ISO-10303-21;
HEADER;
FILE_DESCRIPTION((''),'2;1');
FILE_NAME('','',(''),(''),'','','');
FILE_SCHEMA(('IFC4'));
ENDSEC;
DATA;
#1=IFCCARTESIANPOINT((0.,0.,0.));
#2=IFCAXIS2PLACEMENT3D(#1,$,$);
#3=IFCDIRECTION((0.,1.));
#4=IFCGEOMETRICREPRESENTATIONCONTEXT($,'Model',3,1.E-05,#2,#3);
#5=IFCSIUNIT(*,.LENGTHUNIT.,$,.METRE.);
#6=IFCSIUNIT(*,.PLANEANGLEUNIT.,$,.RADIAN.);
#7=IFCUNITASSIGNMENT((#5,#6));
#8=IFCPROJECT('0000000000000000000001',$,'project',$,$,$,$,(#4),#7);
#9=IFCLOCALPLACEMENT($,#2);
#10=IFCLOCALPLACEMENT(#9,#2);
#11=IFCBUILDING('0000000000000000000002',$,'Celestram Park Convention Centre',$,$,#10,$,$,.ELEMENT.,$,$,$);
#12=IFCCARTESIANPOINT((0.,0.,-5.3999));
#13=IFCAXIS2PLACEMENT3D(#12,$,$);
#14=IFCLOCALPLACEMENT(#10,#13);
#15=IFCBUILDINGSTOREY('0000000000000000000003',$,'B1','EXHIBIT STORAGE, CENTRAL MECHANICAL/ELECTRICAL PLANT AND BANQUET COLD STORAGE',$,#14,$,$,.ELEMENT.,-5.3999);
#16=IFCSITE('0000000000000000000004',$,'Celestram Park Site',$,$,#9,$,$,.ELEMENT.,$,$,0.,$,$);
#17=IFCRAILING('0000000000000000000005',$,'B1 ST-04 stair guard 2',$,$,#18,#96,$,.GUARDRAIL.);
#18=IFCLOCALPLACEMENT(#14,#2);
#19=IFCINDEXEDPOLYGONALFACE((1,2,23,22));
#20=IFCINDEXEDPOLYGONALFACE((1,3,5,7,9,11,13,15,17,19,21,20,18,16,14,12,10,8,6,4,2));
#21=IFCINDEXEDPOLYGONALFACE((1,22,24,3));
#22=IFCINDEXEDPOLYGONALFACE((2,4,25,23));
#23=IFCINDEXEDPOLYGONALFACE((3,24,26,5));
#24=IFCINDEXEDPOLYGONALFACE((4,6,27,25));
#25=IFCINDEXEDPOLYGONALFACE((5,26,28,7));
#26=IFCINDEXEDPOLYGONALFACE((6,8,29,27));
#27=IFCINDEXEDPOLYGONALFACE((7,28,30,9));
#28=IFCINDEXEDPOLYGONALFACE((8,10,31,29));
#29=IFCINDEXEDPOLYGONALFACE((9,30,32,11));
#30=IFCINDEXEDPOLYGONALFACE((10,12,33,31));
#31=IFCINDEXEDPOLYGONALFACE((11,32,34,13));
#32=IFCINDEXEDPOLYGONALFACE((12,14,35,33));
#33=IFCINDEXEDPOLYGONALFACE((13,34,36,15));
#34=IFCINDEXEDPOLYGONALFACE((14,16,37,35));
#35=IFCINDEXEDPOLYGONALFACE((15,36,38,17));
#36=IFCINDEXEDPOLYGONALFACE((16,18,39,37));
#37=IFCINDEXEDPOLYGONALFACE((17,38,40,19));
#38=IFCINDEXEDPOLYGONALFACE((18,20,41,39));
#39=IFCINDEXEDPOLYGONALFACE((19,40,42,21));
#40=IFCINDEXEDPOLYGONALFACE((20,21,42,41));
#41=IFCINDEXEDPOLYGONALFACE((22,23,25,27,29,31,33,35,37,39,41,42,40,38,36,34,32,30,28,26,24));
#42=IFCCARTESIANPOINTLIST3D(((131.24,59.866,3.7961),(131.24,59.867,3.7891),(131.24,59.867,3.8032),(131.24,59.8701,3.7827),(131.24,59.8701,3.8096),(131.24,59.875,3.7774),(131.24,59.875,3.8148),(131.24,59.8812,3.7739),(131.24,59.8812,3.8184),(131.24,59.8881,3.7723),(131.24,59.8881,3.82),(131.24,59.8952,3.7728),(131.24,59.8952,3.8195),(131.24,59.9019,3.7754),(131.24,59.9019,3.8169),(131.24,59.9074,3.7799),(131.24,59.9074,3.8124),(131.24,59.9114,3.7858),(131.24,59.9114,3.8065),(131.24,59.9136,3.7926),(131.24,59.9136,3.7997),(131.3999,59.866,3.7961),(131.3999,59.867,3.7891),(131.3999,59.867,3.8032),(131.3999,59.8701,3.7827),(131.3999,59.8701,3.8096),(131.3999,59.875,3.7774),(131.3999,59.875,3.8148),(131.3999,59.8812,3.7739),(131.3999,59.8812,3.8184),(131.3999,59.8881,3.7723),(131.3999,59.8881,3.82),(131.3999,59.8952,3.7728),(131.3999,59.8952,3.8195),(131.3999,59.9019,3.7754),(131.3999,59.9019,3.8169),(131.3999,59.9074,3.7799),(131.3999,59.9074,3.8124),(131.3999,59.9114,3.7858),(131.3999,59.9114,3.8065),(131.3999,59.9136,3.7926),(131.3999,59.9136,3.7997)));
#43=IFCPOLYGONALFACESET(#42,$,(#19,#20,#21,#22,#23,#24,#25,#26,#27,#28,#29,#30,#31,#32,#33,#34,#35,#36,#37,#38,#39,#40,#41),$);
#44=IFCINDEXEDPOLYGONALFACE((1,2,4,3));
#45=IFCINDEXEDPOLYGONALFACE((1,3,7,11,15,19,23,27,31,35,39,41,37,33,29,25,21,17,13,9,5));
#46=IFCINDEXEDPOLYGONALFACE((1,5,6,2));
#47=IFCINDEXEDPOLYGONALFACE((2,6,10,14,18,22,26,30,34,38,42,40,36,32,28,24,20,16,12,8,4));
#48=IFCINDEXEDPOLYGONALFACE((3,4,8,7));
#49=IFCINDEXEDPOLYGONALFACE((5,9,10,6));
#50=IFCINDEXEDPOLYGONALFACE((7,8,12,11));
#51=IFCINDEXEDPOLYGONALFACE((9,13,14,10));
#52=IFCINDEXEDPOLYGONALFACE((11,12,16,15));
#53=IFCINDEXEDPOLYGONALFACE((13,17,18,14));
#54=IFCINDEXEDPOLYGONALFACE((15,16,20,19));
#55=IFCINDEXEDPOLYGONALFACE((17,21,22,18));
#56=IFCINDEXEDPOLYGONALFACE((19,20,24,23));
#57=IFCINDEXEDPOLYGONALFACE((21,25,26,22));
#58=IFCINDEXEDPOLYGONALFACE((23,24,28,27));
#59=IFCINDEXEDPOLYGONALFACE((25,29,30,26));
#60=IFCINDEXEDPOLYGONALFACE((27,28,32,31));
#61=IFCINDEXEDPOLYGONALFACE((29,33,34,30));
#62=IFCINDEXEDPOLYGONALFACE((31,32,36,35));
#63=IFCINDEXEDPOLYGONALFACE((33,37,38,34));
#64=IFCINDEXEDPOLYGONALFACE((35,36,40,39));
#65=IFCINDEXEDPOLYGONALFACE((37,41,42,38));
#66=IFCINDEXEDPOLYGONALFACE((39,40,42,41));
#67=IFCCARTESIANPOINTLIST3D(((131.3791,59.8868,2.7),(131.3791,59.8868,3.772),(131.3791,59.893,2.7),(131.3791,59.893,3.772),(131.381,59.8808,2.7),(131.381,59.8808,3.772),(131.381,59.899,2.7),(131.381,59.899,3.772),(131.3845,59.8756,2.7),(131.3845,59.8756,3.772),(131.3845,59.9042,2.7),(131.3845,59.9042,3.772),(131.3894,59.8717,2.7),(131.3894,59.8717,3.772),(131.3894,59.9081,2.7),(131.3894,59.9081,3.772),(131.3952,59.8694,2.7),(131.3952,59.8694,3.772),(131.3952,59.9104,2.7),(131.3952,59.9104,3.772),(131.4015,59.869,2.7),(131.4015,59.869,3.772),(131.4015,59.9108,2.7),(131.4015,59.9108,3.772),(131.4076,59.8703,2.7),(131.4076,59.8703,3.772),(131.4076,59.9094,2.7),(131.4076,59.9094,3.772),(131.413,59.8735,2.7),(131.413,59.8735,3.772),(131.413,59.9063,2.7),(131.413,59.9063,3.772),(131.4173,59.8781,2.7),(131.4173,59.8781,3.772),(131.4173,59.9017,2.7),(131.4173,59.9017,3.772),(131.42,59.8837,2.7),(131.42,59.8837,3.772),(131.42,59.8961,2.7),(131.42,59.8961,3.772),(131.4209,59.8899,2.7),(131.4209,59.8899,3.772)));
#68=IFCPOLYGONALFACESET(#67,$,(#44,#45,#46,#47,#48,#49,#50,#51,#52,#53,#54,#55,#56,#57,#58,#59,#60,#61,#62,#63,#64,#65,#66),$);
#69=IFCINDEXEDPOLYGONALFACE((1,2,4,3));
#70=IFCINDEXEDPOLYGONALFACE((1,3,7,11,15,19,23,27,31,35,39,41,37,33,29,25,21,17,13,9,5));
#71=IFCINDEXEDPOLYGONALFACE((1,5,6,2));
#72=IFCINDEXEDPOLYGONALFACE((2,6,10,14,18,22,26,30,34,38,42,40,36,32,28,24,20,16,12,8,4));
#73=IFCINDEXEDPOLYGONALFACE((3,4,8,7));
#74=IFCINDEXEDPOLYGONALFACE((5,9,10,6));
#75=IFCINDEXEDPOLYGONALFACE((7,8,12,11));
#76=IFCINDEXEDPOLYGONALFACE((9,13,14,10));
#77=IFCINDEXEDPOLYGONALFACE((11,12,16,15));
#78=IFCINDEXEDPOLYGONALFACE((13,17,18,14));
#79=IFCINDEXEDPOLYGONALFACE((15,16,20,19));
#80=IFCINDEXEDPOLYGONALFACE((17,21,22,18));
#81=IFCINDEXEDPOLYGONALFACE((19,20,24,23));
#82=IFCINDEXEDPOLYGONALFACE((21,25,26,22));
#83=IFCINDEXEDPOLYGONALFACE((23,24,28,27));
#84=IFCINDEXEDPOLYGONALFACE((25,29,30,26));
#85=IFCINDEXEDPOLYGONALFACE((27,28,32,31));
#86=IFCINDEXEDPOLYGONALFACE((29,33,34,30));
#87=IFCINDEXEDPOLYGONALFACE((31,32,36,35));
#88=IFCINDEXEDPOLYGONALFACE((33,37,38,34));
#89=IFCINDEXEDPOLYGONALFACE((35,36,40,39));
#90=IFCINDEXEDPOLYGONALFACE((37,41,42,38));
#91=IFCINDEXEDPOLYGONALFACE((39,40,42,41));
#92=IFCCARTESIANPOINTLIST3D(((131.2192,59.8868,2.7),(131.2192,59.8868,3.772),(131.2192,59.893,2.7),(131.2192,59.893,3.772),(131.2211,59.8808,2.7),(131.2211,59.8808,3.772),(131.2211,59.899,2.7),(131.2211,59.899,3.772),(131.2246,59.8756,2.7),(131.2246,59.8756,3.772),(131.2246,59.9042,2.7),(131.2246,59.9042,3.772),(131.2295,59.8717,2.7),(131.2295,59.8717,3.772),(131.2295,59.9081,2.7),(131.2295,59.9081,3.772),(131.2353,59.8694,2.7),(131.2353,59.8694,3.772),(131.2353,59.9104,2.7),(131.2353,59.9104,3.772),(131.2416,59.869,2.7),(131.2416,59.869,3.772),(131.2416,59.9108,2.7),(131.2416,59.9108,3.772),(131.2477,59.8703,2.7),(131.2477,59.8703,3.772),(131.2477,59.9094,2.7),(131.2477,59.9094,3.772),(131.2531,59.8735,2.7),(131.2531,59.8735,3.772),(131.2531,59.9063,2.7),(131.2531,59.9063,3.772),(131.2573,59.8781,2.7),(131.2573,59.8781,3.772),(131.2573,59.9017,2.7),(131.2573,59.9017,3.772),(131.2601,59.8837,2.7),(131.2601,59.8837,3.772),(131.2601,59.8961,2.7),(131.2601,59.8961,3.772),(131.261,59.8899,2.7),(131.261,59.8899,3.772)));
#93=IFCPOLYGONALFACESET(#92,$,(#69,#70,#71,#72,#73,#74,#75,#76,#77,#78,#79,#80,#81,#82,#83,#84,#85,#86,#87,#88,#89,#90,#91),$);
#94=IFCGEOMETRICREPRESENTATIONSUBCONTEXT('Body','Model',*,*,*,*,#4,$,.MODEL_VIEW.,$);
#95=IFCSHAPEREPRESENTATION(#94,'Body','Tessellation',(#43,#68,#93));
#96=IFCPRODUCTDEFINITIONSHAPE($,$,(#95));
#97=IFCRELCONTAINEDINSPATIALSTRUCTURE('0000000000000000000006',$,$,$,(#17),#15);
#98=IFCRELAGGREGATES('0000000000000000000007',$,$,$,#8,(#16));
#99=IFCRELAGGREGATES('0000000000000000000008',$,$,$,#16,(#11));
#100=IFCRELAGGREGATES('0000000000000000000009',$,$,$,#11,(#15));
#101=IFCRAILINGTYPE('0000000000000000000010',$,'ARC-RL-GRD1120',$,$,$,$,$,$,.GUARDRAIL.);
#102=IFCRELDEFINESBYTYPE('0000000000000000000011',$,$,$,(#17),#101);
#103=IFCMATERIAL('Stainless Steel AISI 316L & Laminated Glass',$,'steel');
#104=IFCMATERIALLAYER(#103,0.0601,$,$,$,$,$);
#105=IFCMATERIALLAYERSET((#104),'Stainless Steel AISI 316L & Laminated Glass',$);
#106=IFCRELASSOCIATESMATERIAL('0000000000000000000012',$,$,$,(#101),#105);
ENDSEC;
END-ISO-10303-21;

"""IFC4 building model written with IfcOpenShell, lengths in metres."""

from ifc_helpers import new_model, si_unit, direction, frame, origin, origin_2d, place, context, subcontext, project, spatial, circle, extrude, material, layer, layer_set, type_object, element, save


model = new_model("IFC4")

# Units and contexts
model_context = context("Model", 3, precision=1e-05, world=origin(), true_north=direction((0.0, 1.0)))
body_context = subcontext(model_context, "Body", "Model", "MODEL_VIEW")
ifc_project = project(units=[si_unit("LENGTHUNIT", "METRE"), si_unit("PLANEANGLEUNIT", "RADIAN")], contexts=[model_context])

# Site, building, storey
site_placement = place(None, origin())
site = spatial("IfcSite", under=ifc_project, at=site_placement, Name="Celestram Park Site", CompositionType="ELEMENT", RefElevation=0.0)
building_placement = place(site_placement, origin())
building = spatial("IfcBuilding", under=site, at=building_placement, Name="Celestram Park Convention Centre", CompositionType="ELEMENT")
storey_placement = place(building_placement, frame((0.0, 0.0, -5.3999)))
storey = spatial("IfcBuildingStorey", under=building, at=storey_placement, Name="B1", Description="EXHIBIT STORAGE, CENTRAL MECHANICAL/ELECTRICAL PLANT AND BANQUET COLD STORAGE", CompositionType="ELEMENT", Elevation=-5.3999)

# Railing
ifc_material_1 = material(Name="Stainless Steel AISI 316L & Laminated Glass", Category="steel")
ifc_layer_1 = layer(ifc_material_1, 0.0601)
ifc_layer_set_1 = layer_set([ifc_layer_1], Name="Stainless Steel AISI 316L & Laminated Glass")
railing_type = type_object("IfcRailingType", Name="ARC-RL-GRD1120", PredefinedType="GUARDRAIL", material=ifc_layer_set_1)
railing_placement = place(storey_placement, frame((131.3999, 59.8899, 2.7)))
element("IfcRailing", 1, at=railing_placement, inside=storey, type_object=railing_type, Name="B1 ST-04 stair guard 2", PredefinedType="GUARDRAIL", context=body_context, shape_type="SweptSolid", body=[
    extrude(circle(Radius=0.0239, at=origin_2d()), frame((0.0, 0.0, 1.0962), z_axis=(-1.0, 0.0, 0.0), x_axis=(0.0, -1.0, 0.0)), (0.0, 0.0, 1.0), 0.1599),
    extrude(circle(Radius=0.021, at=origin_2d()), origin(), (0.0, 0.0, 1.0), 1.072),
    extrude(circle(Radius=0.021, at=origin_2d()), frame((-0.1599, 0.0, 0.0)), (0.0, 0.0, 1.0), 1.072),
])

save(model, "model.ifc")
